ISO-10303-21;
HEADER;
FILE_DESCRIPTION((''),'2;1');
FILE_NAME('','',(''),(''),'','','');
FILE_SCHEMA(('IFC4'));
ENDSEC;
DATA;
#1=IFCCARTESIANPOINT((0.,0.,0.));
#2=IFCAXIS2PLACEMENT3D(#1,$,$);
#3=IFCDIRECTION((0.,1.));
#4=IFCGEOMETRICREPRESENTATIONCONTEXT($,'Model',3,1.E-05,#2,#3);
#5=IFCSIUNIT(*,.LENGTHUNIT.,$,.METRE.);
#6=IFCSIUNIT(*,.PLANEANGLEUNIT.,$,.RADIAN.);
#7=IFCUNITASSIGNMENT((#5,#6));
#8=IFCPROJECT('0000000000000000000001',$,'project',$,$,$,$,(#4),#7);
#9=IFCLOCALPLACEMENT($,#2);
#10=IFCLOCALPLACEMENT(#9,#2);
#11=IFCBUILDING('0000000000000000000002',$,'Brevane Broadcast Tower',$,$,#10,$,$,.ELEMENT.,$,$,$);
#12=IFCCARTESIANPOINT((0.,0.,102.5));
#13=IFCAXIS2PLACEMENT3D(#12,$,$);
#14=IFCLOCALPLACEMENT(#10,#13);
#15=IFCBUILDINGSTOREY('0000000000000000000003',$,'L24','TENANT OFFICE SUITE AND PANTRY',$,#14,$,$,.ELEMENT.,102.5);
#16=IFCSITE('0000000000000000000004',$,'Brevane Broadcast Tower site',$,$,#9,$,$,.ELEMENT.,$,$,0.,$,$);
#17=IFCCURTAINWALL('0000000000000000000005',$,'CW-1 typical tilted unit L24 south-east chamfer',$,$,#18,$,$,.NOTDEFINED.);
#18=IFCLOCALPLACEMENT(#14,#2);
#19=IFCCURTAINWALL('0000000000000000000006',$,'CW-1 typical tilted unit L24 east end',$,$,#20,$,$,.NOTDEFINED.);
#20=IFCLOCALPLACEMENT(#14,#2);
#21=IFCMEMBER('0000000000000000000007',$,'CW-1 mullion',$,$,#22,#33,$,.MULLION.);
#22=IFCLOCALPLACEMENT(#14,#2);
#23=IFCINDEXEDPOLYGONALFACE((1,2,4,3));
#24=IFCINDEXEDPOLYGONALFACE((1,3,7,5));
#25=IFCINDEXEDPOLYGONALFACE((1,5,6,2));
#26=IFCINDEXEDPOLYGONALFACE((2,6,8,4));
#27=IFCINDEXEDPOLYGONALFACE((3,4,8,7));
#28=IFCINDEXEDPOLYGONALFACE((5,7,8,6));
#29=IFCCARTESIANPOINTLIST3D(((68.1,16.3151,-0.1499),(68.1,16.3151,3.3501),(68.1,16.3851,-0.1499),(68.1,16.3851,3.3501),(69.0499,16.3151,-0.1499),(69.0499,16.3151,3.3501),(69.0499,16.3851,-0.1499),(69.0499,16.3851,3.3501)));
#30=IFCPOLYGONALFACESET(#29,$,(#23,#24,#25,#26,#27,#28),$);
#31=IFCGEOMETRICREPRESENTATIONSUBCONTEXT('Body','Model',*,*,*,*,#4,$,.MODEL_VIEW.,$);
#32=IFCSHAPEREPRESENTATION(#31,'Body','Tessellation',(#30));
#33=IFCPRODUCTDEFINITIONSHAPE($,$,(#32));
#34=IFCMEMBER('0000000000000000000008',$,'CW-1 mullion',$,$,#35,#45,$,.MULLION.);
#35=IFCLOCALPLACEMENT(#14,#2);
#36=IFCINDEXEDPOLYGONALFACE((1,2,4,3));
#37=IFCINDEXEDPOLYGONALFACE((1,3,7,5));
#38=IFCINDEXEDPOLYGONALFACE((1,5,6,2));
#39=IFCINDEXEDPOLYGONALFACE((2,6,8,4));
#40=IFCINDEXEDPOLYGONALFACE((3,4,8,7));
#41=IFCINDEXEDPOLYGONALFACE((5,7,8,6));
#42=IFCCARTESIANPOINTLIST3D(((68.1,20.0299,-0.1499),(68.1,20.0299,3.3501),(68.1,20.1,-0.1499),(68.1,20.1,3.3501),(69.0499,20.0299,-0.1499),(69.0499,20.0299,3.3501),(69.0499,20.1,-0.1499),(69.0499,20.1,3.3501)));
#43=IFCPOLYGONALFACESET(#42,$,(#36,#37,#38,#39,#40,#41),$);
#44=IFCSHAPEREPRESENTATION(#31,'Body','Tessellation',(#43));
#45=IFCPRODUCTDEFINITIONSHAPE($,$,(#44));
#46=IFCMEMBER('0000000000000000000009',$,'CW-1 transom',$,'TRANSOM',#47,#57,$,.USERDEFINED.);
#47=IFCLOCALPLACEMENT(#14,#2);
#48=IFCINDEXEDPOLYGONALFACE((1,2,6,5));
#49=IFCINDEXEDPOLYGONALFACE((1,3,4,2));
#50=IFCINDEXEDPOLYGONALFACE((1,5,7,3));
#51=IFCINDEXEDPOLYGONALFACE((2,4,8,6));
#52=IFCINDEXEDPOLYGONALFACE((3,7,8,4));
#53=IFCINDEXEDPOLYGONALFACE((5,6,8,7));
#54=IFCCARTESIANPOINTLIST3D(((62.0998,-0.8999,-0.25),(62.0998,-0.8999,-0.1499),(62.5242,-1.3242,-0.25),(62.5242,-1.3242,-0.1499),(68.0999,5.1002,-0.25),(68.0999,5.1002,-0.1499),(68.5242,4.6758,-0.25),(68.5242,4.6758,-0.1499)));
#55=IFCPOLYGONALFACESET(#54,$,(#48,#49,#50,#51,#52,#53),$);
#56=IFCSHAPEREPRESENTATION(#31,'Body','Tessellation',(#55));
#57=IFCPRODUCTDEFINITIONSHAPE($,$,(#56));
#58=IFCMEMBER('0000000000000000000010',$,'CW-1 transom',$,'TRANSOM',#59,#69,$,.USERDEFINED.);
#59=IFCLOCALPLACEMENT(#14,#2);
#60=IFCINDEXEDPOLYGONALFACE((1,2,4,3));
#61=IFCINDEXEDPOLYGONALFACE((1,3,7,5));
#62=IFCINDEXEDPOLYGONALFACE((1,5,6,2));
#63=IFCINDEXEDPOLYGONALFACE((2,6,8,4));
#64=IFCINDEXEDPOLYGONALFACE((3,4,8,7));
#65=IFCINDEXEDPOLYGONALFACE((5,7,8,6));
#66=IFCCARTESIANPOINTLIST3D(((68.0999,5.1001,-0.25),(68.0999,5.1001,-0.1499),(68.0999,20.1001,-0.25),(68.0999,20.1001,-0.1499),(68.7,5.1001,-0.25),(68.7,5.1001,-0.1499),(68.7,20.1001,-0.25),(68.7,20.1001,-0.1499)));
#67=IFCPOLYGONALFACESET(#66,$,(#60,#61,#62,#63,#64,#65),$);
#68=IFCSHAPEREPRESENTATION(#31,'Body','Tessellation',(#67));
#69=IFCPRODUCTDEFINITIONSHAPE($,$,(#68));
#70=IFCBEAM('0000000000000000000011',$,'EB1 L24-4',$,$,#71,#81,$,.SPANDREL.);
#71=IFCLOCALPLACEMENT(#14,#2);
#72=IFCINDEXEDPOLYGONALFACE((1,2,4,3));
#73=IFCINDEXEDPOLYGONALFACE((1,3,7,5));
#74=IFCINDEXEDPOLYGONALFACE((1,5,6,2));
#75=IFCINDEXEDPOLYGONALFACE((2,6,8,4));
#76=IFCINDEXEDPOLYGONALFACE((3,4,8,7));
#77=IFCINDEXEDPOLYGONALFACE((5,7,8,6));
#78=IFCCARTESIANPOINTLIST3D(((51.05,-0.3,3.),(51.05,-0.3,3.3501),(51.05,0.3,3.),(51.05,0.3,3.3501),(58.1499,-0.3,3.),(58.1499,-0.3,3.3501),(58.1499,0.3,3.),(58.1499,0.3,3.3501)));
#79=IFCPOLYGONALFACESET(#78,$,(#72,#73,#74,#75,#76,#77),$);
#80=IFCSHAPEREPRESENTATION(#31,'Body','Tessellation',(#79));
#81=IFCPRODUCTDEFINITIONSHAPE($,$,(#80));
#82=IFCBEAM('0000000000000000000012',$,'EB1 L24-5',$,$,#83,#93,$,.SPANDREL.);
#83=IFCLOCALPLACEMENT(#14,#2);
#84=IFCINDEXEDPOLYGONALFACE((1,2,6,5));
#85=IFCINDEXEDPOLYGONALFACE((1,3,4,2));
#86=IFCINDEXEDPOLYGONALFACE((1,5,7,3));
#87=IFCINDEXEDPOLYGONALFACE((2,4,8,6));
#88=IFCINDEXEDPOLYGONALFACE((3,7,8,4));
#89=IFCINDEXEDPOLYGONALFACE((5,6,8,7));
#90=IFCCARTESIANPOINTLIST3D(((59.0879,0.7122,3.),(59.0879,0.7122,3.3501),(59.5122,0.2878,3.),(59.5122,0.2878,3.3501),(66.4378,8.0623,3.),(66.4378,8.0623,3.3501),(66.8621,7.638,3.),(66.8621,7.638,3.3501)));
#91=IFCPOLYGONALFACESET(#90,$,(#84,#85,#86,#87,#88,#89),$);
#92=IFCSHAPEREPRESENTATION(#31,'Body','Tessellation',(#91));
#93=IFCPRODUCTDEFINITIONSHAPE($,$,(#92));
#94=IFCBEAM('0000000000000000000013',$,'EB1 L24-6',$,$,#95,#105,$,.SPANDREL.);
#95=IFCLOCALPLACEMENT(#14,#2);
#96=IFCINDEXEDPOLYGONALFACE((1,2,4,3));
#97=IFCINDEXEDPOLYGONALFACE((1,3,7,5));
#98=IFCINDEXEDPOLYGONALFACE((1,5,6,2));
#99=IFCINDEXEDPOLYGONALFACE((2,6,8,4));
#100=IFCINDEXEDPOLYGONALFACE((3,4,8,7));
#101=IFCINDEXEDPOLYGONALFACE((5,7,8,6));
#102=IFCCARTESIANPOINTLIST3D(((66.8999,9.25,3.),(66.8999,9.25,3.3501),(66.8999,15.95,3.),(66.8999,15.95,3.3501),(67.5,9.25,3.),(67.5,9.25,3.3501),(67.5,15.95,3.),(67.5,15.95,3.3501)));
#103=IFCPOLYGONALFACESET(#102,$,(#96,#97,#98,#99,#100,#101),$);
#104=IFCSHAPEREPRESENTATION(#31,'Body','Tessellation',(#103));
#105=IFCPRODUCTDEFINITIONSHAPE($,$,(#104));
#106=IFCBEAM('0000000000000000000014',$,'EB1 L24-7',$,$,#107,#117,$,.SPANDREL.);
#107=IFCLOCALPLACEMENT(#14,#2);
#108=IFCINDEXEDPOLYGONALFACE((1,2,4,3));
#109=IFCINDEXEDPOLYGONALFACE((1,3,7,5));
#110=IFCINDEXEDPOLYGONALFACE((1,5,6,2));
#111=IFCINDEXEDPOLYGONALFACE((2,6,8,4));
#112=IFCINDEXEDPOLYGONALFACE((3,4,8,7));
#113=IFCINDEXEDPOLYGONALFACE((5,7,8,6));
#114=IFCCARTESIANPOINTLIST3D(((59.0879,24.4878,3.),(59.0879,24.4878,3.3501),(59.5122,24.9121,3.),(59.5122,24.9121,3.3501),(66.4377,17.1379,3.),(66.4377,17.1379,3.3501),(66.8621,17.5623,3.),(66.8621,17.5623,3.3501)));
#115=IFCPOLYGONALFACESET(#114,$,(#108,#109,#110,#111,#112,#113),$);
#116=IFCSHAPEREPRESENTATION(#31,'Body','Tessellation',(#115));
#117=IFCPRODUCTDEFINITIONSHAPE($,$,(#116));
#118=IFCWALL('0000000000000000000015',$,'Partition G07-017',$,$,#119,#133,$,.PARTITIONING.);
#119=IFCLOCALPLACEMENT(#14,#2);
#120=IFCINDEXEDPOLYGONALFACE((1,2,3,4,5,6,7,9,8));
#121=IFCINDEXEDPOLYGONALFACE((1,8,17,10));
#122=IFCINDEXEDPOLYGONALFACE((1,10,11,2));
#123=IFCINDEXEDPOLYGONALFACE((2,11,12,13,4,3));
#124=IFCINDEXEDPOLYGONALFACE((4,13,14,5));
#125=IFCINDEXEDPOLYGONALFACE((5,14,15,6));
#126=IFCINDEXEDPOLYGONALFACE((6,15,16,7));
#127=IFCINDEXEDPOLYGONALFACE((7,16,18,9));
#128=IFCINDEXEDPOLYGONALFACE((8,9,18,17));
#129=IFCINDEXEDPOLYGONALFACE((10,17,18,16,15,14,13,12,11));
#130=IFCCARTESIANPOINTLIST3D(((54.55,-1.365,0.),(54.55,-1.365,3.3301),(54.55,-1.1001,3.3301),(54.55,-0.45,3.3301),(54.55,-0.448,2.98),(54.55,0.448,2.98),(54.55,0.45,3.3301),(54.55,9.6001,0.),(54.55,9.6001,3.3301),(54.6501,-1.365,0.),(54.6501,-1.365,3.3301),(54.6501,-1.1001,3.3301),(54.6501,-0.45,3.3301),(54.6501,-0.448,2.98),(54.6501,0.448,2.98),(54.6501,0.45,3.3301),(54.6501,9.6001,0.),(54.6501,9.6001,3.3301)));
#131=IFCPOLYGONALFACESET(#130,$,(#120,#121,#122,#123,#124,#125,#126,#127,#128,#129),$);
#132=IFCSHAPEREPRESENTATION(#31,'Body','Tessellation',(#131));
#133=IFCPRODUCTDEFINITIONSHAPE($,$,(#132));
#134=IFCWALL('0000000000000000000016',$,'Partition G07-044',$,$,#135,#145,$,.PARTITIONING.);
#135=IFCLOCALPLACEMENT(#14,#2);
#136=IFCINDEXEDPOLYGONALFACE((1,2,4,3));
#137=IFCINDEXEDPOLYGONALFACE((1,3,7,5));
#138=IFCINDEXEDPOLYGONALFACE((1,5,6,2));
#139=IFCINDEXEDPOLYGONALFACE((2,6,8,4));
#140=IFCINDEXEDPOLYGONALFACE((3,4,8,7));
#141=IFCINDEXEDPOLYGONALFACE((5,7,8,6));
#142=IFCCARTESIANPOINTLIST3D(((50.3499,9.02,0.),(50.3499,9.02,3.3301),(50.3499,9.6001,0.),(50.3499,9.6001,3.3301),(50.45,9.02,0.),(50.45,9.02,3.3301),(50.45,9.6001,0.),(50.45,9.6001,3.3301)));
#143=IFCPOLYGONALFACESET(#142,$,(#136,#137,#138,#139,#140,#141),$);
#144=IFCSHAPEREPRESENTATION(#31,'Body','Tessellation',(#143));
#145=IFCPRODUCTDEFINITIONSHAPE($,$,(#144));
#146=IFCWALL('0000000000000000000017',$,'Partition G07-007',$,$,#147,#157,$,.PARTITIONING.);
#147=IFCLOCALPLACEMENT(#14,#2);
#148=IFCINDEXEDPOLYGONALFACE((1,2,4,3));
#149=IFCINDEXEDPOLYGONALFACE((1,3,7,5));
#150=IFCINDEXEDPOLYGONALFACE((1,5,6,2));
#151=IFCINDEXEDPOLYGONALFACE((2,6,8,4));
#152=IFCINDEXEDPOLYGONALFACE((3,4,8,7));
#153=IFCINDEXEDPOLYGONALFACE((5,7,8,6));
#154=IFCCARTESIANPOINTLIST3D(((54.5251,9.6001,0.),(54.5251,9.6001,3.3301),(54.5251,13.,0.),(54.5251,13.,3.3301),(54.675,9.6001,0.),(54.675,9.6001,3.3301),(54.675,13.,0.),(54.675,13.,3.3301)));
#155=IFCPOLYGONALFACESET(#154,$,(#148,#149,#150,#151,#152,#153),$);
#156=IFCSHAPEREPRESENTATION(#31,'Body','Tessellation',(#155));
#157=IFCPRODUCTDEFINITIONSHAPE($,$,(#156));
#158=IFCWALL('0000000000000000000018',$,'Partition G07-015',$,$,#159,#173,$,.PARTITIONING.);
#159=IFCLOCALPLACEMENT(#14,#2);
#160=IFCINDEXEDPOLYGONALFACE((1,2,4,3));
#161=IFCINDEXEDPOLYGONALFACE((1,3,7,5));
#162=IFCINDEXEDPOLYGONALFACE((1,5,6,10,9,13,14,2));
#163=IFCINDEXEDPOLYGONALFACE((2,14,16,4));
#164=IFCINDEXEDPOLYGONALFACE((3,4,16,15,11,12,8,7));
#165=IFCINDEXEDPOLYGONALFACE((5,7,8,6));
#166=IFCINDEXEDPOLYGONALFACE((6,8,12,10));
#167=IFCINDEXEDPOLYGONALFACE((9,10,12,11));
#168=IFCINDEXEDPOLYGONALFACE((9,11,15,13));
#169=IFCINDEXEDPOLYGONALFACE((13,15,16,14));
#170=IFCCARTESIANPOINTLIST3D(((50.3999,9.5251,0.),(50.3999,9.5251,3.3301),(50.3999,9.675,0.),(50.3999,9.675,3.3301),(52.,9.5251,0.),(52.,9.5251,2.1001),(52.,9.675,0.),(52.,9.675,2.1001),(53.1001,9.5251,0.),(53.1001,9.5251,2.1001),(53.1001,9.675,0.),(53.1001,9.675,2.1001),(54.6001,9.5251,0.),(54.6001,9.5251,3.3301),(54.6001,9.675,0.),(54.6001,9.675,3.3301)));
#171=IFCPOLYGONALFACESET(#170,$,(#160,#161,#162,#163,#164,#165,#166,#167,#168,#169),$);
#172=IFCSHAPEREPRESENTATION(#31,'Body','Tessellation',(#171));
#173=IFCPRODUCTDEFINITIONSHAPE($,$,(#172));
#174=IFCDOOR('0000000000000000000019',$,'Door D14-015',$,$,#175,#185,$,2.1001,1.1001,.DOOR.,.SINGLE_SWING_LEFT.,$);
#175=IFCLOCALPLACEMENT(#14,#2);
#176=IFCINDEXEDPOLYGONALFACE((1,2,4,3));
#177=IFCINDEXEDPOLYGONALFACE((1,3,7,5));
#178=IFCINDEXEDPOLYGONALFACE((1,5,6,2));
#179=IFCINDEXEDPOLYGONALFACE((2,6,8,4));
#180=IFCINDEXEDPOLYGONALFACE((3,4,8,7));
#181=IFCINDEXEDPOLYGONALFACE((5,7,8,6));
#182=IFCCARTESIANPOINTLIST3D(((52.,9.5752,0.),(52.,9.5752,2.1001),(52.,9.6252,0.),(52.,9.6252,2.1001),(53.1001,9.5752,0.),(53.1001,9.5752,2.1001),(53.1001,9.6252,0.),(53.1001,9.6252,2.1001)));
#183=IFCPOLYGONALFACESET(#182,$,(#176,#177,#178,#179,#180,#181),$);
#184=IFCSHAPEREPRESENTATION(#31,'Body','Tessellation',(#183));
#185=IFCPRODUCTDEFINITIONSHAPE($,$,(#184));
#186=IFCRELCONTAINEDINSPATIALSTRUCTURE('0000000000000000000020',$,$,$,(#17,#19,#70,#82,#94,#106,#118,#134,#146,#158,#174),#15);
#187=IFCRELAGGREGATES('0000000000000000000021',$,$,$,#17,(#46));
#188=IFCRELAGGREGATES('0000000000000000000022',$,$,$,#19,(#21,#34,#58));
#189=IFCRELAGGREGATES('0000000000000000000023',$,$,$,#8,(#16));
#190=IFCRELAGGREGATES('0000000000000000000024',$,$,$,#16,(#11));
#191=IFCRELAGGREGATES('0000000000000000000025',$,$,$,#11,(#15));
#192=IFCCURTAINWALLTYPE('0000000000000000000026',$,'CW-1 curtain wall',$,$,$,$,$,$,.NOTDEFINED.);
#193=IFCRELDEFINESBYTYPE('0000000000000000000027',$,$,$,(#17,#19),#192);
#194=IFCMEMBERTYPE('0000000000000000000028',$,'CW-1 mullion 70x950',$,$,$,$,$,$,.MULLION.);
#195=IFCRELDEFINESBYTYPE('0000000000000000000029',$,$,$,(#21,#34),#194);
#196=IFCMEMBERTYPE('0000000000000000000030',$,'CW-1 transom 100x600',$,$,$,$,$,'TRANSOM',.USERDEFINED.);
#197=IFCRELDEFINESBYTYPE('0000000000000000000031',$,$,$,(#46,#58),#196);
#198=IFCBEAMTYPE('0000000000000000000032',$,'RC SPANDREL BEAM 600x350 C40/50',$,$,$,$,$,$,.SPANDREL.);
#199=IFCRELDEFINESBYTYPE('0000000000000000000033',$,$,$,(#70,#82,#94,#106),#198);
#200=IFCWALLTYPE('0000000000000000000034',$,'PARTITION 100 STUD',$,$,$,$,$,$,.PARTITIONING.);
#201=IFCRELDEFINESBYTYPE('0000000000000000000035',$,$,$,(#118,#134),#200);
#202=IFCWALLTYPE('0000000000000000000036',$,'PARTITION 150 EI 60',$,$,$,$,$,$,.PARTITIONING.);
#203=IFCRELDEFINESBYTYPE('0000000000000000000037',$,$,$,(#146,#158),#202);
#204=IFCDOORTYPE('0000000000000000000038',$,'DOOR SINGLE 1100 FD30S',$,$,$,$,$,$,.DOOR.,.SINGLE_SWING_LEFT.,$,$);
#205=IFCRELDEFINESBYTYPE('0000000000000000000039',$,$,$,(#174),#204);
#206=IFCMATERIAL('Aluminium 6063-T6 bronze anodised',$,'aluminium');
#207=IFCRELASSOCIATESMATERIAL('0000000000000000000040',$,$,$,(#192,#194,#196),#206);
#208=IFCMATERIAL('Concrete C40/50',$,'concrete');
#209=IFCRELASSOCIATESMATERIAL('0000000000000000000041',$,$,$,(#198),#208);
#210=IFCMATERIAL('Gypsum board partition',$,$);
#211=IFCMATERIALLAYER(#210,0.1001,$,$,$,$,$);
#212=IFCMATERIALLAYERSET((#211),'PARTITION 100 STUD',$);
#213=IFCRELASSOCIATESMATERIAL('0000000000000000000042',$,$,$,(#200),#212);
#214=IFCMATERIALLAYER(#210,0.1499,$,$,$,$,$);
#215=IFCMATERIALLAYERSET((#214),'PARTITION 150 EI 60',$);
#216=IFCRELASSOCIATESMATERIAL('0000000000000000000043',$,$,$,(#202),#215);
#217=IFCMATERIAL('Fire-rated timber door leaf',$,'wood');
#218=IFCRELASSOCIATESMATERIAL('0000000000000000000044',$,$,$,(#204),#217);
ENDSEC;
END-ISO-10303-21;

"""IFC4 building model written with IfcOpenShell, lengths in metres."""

from ifc_helpers import new_model, si_unit, direction, frame, frame_2d, origin, origin_2d, place, context, subcontext, project, spatial, polyline, rectangle, outline, extrude, material, layer, layer_set, material_profile, profile_set, type_object, element, fill, aggregate, save


model = new_model("IFC4")

# Units and contexts
model_context = context("Model", 3, precision=1e-05, world=origin(), true_north=direction((0.0, 1.0)))
body_context = subcontext(model_context, "Body", "Model", "MODEL_VIEW")
ifc_project = project(units=[si_unit("LENGTHUNIT", "METRE"), si_unit("PLANEANGLEUNIT", "RADIAN")], contexts=[model_context])

# Site, building, storey
site_placement = place(None, origin())
site = spatial("IfcSite", under=ifc_project, at=site_placement, Name="Brevane Broadcast Tower site", CompositionType="ELEMENT", RefElevation=0.0)
building_placement = place(site_placement, origin())
building = spatial("IfcBuilding", under=site, at=building_placement, Name="Brevane Broadcast Tower", CompositionType="ELEMENT")
storey_placement = place(building_placement, frame((0.0, 0.0, 102.5)))
storey = spatial("IfcBuildingStorey", under=building, at=storey_placement, Name="L24", Description="TENANT OFFICE SUITE AND PANTRY", CompositionType="ELEMENT", Elevation=102.5)

# Curtain walls, members
ifc_material_1 = material(Name="Aluminium 6063-T6 bronze anodised", Category="aluminium")
curtain_wall_type = type_object("IfcCurtainWallType", Name="CW-1 curtain wall", PredefinedType="NOTDEFINED", material=ifc_material_1)
ifc_material_profile_1 = material_profile(ifc_material_1, rectangle(XDim=0.95, YDim=0.0701, at=origin_2d()), Name="RECT 70x950")
ifc_profile_set_1 = profile_set([ifc_material_profile_1], Name="Aluminium 6063-T6 bronze anodised")
member_type_1 = type_object("IfcMemberType", Name="CW-1 mullion 70x950", PredefinedType="MULLION", material=ifc_profile_set_1)
curtain_wall_1_placement = place(storey_placement, origin())
curtain_wall_1 = element("IfcCurtainWall", 1, at=curtain_wall_1_placement, inside=storey, type_object=curtain_wall_type, Name="CW-1 typical tilted unit L24 south-east chamfer", PredefinedType="NOTDEFINED")
curtain_wall_2_placement = place(storey_placement, origin())
curtain_wall_2 = element("IfcCurtainWall", 2, at=curtain_wall_2_placement, inside=storey, type_object=curtain_wall_type, Name="CW-1 typical tilted unit L24 east end", PredefinedType="NOTDEFINED")
member_1_placement = place(storey_placement, frame((68.575, 16.3501, -0.1499), z_axis=(0.0, 0.0, 1.0), x_axis=(-1.0, 0.0, 0.0)))
member_1 = element("IfcMember", 3, at=member_1_placement, type_object=member_type_1, Name="CW-1 mullion", PredefinedType="MULLION", context=body_context, shape_type="SweptSolid", body=[
    extrude(rectangle(XDim=0.95, YDim=0.0701, at=origin_2d()), origin(), (0.0, 0.0, 1.0), 3.5),
])
member_2_placement = place(storey_placement, frame((68.575, 20.0649, -0.1499), z_axis=(0.0, 0.0, 1.0), x_axis=(-1.0, 0.0, 0.0)))
member_2 = element("IfcMember", 4, at=member_2_placement, type_object=member_type_1, Name="CW-1 mullion", PredefinedType="MULLION", context=body_context, shape_type="SweptSolid", body=[
    extrude(rectangle(XDim=0.95, YDim=0.0701, at=origin_2d()), origin(), (0.0, 0.0, 1.0), 3.5),
])

# Members
ifc_material_profile_2 = material_profile(ifc_material_1, rectangle(XDim=0.6001, YDim=0.1001, at=origin_2d()), Name="RECT 100x600")
ifc_profile_set_2 = profile_set([ifc_material_profile_2], Name="Aluminium 6063-T6 bronze anodised")
member_type_2 = type_object("IfcMemberType", Name="CW-1 transom 100x600", ElementType="TRANSOM", PredefinedType="USERDEFINED", material=ifc_profile_set_2)
member_3_placement = place(storey_placement, frame((62.312, -1.1121, -0.2), z_axis=(0.707107, 0.707107, 0.0), x_axis=(-0.707107, 0.707107, 0.0)))
member_3 = element("IfcMember", 5, at=member_3_placement, type_object=member_type_2, Name="CW-1 transom", ObjectType="TRANSOM", PredefinedType="USERDEFINED", context=body_context, shape_type="SweptSolid", body=[
    extrude(rectangle(XDim=0.6001, YDim=0.1001, at=origin_2d()), origin(), (0.0, 0.0, 1.0), 8.4854),
])
aggregate(curtain_wall_1, [member_3])
member_4_placement = place(storey_placement, frame((68.3999, 5.1001, -0.2), z_axis=(0.0, 1.0, 0.0), x_axis=(-1.0, 0.0, 0.0)))
member_4 = element("IfcMember", 6, at=member_4_placement, type_object=member_type_2, Name="CW-1 transom", ObjectType="TRANSOM", PredefinedType="USERDEFINED", context=body_context, shape_type="SweptSolid", body=[
    extrude(rectangle(XDim=0.6001, YDim=0.1001, at=origin_2d()), origin(), (0.0, 0.0, 1.0), 15.0),
])
aggregate(curtain_wall_2, [member_1, member_2, member_4])

# Beams
ifc_material_2 = material(Name="Concrete C40/50", Category="concrete")
ifc_material_profile_3 = material_profile(ifc_material_2, rectangle(XDim=0.6001, YDim=0.3501, at=origin_2d()), Name="RC 600x350")
ifc_profile_set_3 = profile_set([ifc_material_profile_3], Name="Concrete C40/50")
beam_type = type_object("IfcBeamType", Name="RC SPANDREL BEAM 600x350 C40/50", PredefinedType="SPANDREL", material=ifc_profile_set_3)
beam_1_placement = place(storey_placement, frame((51.05, 0.0, 3.175), z_axis=(1.0, 0.0, 0.0), x_axis=(0.0, 1.0, 0.0)))
element("IfcBeam", 7, at=beam_1_placement, inside=storey, type_object=beam_type, Name="EB1 L24-4", PredefinedType="SPANDREL", context=body_context, shape_type="SweptSolid", body=[
    extrude(rectangle(XDim=0.6001, YDim=0.3501, at=origin_2d()), origin(), (0.0, 0.0, 1.0), 7.0999),
])
beam_2_placement = place(storey_placement, frame((59.3, 0.5, 3.175), z_axis=(0.707095, 0.707119, 0.0), x_axis=(-0.707119, 0.707095, 0.0)))
element("IfcBeam", 8, at=beam_2_placement, inside=storey, type_object=beam_type, Name="EB1 L24-5", PredefinedType="SPANDREL", context=body_context, shape_type="SweptSolid", body=[
    extrude(rectangle(XDim=0.6001, YDim=0.3501, at=origin_2d()), origin(), (0.0, 0.0, 1.0), 10.3945),
])
beam_3_placement = place(storey_placement, frame((67.2, 9.25, 3.175), z_axis=(0.0, 1.0, 0.0), x_axis=(-1.0, 0.0, 0.0)))
element("IfcBeam", 9, at=beam_3_placement, inside=storey, type_object=beam_type, Name="EB1 L24-6", PredefinedType="SPANDREL", context=body_context, shape_type="SweptSolid", body=[
    extrude(rectangle(XDim=0.6001, YDim=0.3501, at=origin_2d()), origin(), (0.0, 0.0, 1.0), 6.7),
])
beam_4_placement = place(storey_placement, frame((66.6499, 17.3501, 3.175), z_axis=(-0.707107, 0.707107, 0.0), x_axis=(-0.707107, -0.707107, 0.0)))
element("IfcBeam", 10, at=beam_4_placement, inside=storey, type_object=beam_type, Name="EB1 L24-7", PredefinedType="SPANDREL", context=body_context, shape_type="SweptSolid", body=[
    extrude(rectangle(XDim=0.6001, YDim=0.3501, at=origin_2d()), origin(), (0.0, 0.0, 1.0), 10.3943),
])

# Walls
ifc_material_3 = material(Name="Gypsum board partition")
ifc_layer_1 = layer(ifc_material_3, 0.1001)
ifc_layer_set_1 = layer_set([ifc_layer_1], Name="PARTITION 100 STUD")
wall_type_1 = type_object("IfcWallType", Name="PARTITION 100 STUD", PredefinedType="PARTITIONING", material=ifc_layer_set_1)
wall_1_placement = place(storey_placement, frame((54.6001, -1.365, 0.0), z_axis=(0.0, 0.0, 1.0), x_axis=(0.0, 1.0, 0.0)))
element("IfcWall", 11, at=wall_1_placement, inside=storey, type_object=wall_type_1, Name="Partition G07-017", PredefinedType="PARTITIONING", context=body_context, shape_type="SweptSolid", body=[
    extrude(outline(polyline([(0.0, 0.0), (10.9651, 0.0), (10.9651, 3.3301), (1.8149, 3.3301), (1.813, 2.98), (0.917, 2.98), (0.915, 3.3301), (0.2649, 3.3301), (0.0, 3.3301), (0.0, 0.0)])), frame((0.0, 0.05, 0.0), z_axis=(0.0, -1.0, 0.0), x_axis=(1.0, 0.0, 0.0)), (0.0, 0.0, 1.0), 0.1001),
])
wall_2_placement = place(storey_placement, frame((50.3999, 9.6001, 0.0), z_axis=(0.0, 0.0, 1.0), x_axis=(0.0, -1.0, 0.0)))
element("IfcWall", 12, at=wall_2_placement, inside=storey, type_object=wall_type_1, Name="Partition G07-044", PredefinedType="PARTITIONING", context=body_context, shape_type="SweptSolid", body=[
    extrude(rectangle(XDim=0.5801, YDim=0.1001, at=frame_2d((0.29, 0.0))), origin(), (0.0, 0.0, 1.0), 3.3301),
])
ifc_layer_2 = layer(ifc_material_3, 0.1499)
ifc_layer_set_2 = layer_set([ifc_layer_2], Name="PARTITION 150 EI 60")
wall_type_2 = type_object("IfcWallType", Name="PARTITION 150 EI 60", PredefinedType="PARTITIONING", material=ifc_layer_set_2)
wall_3_placement = place(storey_placement, frame((54.6001, 13.0, 0.0), z_axis=(0.0, 0.0, 1.0), x_axis=(0.0, -1.0, 0.0)))
element("IfcWall", 13, at=wall_3_placement, inside=storey, type_object=wall_type_2, Name="Partition G07-007", PredefinedType="PARTITIONING", context=body_context, shape_type="SweptSolid", body=[
    extrude(rectangle(XDim=3.3999, YDim=0.1499, at=frame_2d((1.7, 0.0))), origin(), (0.0, 0.0, 1.0), 3.3301),
])

# Wall, opening, door
wall_4_placement = place(storey_placement, frame((54.6001, 9.6001, 0.0), z_axis=(0.0, 0.0, 1.0), x_axis=(-1.0, 0.0, 0.0)))
wall_4 = element("IfcWall", 14, at=wall_4_placement, inside=storey, type_object=wall_type_2, Name="Partition G07-015", PredefinedType="PARTITIONING", context=body_context, shape_type="SweptSolid", body=[
    extrude(rectangle(XDim=4.2002, YDim=0.1499, at=frame_2d((2.1001, 0.0))), origin(), (0.0, 0.0, 1.0), 3.3301),
])
opening_1_placement = place(wall_4_placement, frame((1.5, 0.0, 0.0)))
opening_1 = element("IfcOpeningElement", 15, at=opening_1_placement, cuts=wall_4, PredefinedType="OPENING", context=body_context, shape_type="SweptSolid", body=[
    extrude(rectangle(XDim=1.1001, YDim=2.1001, at=frame_2d((0.55, 1.05))), frame((0.0, 0.085, 0.0), z_axis=(0.0, -1.0, 0.0), x_axis=(1.0, 0.0, 0.0)), (0.0, 0.0, 1.0), 0.1699),
])
ifc_material_4 = material(Name="Fire-rated timber door leaf", Category="wood")
door_type_1 = type_object("IfcDoorType", Name="DOOR SINGLE 1100 FD30S", OperationType="SINGLE_SWING_LEFT", PredefinedType="DOOR", material=ifc_material_4)
door_1_placement = place(opening_1_placement, origin())
door_1 = element("IfcDoor", 16, at=door_1_placement, inside=storey, type_object=door_type_1, Name="Door D14-015", OperationType="SINGLE_SWING_LEFT", OverallHeight=2.1001, OverallWidth=1.1001, PredefinedType="DOOR", context=body_context, shape_type="SweptSolid", body=[
    extrude(rectangle(XDim=1.1001, YDim=2.1001, at=frame_2d((0.55, 1.05))), frame((0.0, 0.0249, 0.0), z_axis=(0.0, -1.0, 0.0), x_axis=(1.0, 0.0, 0.0)), (0.0, 0.0, 1.0), 0.05),
])
fill(opening_1, door_1)

save(model, "model.ifc")
